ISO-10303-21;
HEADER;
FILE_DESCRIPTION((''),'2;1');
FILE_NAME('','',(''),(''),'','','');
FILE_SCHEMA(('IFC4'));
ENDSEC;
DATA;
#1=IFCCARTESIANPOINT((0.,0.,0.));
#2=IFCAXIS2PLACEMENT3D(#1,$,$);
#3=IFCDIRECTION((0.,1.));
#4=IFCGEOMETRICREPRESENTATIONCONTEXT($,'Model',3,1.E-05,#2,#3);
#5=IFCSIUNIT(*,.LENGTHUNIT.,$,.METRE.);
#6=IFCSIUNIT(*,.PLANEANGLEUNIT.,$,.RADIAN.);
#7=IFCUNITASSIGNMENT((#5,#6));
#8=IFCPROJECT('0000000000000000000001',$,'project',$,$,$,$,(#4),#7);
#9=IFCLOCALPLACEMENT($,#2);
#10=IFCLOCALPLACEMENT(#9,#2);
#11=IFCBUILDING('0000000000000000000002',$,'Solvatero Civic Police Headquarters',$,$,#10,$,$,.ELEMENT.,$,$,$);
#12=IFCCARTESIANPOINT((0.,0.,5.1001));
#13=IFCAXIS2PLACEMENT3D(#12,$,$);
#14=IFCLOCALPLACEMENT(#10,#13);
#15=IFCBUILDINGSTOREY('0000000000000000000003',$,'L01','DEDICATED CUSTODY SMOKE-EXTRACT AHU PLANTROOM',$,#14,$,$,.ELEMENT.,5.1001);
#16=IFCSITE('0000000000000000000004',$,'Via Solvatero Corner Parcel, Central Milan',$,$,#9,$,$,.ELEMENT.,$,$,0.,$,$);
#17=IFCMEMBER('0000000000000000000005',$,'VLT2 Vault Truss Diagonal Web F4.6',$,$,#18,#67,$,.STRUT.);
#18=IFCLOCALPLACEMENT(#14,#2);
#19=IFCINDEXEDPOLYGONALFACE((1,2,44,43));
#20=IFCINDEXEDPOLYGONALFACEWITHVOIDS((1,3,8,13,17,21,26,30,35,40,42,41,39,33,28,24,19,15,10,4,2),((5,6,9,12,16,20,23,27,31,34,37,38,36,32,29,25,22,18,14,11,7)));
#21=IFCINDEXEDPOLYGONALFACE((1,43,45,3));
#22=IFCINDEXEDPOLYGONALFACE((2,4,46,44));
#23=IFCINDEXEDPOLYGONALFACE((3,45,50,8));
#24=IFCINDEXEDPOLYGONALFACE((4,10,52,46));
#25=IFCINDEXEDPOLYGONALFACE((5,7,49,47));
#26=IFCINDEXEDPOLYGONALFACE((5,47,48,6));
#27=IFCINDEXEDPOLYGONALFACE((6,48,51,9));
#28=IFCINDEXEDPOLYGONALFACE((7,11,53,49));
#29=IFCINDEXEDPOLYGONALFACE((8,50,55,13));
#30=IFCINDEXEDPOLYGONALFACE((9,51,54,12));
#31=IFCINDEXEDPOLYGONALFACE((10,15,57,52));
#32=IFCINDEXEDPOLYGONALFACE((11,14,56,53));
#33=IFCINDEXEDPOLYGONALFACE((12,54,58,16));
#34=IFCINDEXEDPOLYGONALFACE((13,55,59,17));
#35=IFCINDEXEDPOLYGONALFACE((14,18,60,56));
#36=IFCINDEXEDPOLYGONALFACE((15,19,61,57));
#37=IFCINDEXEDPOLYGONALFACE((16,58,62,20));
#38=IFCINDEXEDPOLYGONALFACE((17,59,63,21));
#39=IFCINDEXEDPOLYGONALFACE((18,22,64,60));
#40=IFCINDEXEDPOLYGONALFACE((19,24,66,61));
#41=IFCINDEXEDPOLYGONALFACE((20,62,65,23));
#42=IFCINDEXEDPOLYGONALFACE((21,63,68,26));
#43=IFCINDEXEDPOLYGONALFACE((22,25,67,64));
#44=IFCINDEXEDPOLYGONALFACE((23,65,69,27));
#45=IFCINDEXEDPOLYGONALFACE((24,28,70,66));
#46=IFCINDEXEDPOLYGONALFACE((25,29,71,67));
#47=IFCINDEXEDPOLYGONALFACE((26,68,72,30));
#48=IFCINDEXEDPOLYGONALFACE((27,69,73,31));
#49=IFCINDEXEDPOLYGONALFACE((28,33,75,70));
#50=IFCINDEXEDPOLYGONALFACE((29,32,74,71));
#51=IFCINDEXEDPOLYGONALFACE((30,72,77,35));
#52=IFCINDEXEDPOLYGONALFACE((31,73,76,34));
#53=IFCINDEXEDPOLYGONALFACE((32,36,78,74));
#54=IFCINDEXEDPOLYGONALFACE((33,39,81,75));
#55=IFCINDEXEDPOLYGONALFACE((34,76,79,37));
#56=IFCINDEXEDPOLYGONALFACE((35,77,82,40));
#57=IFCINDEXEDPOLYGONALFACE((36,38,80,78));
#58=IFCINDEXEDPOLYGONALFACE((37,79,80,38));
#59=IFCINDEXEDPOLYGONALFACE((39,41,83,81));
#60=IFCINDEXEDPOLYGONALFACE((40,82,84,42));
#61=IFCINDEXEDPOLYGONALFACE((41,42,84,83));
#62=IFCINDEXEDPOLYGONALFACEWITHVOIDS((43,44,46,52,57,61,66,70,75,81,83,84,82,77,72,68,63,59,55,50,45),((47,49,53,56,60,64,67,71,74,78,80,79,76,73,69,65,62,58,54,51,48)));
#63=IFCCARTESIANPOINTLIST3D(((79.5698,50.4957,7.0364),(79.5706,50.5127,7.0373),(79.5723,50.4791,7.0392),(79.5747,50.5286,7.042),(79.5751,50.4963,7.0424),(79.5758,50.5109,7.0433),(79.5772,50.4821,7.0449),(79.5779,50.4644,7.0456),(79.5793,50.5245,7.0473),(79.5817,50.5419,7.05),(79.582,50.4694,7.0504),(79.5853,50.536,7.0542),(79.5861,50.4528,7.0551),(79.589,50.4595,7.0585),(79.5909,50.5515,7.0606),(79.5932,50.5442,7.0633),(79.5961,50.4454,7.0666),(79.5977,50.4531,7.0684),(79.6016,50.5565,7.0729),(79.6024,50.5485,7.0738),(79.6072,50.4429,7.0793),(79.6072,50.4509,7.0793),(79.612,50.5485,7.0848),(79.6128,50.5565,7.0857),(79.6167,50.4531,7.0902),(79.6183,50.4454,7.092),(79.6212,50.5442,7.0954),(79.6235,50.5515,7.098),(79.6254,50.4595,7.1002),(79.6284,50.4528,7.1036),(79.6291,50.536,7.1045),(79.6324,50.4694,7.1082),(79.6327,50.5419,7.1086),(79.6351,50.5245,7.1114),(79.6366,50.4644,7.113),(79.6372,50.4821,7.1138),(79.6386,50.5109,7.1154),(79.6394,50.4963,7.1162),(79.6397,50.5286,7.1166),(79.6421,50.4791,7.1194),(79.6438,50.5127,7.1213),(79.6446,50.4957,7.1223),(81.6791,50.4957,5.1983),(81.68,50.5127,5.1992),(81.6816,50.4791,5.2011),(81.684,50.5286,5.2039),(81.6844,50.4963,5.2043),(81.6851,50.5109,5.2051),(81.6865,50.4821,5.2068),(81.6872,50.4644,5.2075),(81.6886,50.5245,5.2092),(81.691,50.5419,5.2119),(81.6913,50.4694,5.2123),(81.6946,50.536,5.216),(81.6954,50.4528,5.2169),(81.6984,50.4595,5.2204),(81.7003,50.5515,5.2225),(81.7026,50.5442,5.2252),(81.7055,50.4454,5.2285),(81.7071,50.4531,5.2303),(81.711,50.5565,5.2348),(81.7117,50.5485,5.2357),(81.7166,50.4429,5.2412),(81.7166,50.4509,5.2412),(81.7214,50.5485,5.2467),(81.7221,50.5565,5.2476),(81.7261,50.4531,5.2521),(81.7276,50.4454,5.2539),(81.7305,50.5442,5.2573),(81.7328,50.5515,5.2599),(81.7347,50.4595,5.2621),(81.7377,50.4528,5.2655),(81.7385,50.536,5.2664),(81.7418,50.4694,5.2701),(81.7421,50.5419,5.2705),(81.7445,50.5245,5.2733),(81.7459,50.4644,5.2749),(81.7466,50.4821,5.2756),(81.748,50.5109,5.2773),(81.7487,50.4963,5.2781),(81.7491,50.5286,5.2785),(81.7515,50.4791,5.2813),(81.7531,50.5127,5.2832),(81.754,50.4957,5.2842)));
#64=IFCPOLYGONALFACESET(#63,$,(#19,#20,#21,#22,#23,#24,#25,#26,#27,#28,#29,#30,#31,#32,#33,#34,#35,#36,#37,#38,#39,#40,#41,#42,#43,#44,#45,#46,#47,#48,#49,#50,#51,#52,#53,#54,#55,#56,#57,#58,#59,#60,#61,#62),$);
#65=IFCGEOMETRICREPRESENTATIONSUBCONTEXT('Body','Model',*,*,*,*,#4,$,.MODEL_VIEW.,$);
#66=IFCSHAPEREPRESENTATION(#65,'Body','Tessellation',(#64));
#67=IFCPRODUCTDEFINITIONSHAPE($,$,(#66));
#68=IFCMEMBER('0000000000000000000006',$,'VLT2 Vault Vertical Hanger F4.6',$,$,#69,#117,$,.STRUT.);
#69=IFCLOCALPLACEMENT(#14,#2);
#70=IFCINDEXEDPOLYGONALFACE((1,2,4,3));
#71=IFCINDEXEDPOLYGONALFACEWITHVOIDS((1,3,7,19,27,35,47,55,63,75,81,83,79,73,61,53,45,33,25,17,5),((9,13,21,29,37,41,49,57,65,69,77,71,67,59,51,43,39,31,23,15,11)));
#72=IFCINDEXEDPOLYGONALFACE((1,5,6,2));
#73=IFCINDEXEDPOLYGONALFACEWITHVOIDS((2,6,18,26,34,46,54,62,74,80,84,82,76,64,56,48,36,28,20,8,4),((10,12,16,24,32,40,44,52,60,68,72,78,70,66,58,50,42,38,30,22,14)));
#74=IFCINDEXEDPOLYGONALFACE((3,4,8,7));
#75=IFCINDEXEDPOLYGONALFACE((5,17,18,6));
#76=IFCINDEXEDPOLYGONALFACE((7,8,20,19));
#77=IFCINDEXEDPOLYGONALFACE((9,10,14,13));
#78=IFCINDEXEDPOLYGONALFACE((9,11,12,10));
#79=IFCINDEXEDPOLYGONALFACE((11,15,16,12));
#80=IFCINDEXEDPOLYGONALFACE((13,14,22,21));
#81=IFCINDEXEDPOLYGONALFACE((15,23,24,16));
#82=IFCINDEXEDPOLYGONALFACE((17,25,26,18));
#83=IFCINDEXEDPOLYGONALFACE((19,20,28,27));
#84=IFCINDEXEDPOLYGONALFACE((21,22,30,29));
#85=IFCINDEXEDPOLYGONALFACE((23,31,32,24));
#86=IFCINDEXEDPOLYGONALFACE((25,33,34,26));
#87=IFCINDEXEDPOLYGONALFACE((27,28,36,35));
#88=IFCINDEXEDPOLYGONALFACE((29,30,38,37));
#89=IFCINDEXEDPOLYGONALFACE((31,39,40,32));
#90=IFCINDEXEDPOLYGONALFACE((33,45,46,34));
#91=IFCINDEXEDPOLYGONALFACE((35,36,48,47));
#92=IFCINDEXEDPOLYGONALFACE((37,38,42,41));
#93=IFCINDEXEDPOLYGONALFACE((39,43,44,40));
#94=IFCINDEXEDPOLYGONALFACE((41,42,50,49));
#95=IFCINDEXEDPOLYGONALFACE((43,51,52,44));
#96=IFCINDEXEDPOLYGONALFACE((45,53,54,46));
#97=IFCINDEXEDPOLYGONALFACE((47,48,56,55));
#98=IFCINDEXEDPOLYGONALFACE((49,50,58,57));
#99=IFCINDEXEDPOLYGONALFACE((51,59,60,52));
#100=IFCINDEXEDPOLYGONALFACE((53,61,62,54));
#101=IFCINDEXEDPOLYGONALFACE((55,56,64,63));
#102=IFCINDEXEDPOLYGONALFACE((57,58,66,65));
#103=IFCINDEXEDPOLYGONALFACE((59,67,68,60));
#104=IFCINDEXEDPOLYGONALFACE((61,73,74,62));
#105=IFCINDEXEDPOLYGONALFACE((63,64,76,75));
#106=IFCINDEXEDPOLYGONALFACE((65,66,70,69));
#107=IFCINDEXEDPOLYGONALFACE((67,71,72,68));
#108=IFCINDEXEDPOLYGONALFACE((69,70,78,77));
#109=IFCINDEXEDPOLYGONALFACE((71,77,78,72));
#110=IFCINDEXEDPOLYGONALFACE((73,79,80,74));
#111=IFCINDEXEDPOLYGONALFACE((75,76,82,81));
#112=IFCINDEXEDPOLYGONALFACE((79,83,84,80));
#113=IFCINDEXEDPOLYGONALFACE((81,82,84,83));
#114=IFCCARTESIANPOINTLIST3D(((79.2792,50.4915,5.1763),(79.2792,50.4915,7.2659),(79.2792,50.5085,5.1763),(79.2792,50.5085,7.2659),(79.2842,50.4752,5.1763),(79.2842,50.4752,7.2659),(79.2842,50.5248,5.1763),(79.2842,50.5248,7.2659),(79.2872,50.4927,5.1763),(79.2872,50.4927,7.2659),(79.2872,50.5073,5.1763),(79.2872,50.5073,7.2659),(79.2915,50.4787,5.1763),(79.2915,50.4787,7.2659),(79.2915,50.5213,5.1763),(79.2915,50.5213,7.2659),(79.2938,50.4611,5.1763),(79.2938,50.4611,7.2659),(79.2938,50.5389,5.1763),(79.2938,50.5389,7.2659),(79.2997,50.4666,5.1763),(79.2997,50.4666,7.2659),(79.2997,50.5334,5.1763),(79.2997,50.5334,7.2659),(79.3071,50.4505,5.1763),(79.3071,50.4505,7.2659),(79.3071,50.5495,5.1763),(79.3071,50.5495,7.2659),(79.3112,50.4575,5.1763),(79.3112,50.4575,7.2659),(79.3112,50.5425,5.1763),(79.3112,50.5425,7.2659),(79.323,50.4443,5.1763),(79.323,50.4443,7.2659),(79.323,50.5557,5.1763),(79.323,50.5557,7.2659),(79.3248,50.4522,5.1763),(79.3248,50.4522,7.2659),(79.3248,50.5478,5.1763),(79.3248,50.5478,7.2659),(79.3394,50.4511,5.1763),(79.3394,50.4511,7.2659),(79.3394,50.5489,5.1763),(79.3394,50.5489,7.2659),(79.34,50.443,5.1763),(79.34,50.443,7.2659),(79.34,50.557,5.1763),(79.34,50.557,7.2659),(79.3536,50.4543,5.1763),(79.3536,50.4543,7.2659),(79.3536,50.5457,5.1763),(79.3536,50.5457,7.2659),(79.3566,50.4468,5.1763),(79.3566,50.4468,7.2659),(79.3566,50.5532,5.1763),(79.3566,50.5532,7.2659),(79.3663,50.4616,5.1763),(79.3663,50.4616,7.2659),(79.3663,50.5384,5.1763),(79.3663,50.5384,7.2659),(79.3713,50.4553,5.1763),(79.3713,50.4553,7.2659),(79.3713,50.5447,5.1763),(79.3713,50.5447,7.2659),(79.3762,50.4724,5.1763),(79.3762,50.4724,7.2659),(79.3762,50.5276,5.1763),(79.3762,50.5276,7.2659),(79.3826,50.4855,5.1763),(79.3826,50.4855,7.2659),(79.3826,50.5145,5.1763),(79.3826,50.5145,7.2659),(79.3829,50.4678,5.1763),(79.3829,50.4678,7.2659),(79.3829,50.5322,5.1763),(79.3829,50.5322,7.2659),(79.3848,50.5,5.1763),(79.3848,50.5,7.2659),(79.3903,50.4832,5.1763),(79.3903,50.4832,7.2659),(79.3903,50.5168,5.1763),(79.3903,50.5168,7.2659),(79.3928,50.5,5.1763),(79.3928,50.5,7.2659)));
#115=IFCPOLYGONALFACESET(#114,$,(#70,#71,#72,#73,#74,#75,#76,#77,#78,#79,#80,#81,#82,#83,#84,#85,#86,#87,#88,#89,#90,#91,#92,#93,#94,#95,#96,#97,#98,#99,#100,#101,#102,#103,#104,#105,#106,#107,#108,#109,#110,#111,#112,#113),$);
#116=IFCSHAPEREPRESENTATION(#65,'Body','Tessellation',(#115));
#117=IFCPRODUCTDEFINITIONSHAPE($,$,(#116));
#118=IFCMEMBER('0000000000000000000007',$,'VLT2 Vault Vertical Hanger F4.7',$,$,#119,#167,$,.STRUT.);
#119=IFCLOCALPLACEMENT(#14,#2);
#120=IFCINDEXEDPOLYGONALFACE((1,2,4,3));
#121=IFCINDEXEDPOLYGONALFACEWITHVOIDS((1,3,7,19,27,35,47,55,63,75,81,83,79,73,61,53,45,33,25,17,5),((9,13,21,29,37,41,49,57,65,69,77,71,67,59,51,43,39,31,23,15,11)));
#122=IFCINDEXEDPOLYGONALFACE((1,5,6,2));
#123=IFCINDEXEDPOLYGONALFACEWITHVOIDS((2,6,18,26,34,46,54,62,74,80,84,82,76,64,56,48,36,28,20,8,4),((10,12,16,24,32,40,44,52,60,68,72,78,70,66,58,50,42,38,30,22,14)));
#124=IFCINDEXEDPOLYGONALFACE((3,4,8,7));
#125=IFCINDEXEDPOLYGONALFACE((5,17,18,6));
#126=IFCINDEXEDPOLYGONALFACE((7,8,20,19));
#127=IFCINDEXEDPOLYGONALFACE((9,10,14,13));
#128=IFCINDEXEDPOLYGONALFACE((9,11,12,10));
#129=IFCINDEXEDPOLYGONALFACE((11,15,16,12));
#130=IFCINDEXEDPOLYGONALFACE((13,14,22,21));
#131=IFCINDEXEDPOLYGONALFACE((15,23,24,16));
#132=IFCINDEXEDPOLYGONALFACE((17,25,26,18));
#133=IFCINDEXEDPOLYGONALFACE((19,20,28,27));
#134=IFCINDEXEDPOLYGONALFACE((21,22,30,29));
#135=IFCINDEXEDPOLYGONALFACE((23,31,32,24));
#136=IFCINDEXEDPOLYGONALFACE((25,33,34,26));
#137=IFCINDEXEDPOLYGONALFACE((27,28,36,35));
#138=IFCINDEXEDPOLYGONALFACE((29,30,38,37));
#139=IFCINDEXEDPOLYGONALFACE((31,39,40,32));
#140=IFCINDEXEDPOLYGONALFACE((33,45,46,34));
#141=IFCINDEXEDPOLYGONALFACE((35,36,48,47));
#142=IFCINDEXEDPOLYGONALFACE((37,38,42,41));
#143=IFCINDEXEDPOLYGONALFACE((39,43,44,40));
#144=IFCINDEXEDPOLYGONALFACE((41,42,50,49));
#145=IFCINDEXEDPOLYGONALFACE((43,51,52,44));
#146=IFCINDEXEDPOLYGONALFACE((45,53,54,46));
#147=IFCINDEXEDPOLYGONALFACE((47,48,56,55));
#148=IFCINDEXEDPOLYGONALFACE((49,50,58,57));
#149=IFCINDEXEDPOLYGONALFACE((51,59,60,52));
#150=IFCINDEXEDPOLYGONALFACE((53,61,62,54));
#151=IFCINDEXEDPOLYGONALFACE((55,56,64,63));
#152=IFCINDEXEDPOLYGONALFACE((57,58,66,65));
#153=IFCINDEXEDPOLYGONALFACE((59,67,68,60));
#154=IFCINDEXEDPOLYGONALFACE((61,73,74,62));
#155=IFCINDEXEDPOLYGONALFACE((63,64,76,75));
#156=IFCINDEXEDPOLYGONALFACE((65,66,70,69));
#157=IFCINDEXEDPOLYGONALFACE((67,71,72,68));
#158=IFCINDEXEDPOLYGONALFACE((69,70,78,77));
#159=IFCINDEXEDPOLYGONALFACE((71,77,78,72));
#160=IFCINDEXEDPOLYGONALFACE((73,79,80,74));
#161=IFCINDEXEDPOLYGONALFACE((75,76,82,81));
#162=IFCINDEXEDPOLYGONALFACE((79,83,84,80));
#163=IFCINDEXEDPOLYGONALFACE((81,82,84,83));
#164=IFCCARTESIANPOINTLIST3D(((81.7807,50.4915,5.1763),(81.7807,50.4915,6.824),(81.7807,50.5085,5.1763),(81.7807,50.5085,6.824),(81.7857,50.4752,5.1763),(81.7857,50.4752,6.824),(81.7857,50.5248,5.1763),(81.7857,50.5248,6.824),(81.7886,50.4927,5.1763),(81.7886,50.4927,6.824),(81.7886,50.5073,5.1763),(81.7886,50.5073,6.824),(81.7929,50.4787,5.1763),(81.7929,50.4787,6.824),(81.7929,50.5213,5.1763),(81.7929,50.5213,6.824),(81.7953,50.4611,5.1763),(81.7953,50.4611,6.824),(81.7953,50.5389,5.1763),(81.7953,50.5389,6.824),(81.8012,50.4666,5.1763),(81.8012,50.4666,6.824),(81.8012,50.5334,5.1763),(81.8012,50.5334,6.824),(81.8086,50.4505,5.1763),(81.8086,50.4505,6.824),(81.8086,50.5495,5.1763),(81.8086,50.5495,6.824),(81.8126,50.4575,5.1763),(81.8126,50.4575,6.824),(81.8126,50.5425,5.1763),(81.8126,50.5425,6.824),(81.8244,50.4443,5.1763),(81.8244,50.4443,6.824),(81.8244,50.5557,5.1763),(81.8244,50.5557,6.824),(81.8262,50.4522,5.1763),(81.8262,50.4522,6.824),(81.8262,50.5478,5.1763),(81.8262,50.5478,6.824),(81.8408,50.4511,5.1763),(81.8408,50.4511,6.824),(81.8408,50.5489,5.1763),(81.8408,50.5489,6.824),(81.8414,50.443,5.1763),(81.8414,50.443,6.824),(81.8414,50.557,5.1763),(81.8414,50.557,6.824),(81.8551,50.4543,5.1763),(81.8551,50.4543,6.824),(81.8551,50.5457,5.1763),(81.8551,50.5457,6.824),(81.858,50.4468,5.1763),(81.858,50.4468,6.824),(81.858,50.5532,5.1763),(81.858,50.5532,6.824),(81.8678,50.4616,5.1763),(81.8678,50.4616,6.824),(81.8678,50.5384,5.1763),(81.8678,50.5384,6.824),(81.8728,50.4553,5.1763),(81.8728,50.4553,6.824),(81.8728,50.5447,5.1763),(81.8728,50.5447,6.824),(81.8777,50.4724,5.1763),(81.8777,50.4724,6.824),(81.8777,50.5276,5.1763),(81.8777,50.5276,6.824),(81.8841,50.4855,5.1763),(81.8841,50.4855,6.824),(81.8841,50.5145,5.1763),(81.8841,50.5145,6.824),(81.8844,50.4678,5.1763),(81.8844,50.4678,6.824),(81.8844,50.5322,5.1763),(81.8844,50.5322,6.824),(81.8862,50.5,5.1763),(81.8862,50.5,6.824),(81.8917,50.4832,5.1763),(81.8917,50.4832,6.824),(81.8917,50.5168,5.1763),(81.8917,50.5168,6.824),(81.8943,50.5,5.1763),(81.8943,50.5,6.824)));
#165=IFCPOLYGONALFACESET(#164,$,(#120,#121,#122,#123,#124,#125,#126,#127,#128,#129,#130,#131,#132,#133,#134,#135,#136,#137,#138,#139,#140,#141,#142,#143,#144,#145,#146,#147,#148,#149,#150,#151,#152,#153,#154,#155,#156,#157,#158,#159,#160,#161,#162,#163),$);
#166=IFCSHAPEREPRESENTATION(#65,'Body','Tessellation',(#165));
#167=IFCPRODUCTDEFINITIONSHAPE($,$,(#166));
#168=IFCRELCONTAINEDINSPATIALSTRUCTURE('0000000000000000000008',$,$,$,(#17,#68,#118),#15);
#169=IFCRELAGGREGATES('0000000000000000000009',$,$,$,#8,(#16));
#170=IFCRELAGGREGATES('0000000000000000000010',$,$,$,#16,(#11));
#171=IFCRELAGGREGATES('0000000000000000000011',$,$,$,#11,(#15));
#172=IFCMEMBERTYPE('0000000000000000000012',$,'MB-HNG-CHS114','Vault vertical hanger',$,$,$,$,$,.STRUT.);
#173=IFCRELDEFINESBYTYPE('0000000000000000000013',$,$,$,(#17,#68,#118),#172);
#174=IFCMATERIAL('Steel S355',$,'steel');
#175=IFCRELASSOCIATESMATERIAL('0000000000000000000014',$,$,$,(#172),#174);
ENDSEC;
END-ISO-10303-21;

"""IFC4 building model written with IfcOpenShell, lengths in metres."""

from ifc_helpers import new_model, si_unit, direction, frame, origin, origin_2d, place, context, subcontext, project, spatial, hollow_circle, extrude, material, material_profile, profile_set, type_object, element, save


model = new_model("IFC4")

# Units and contexts
model_context = context("Model", 3, precision=1e-05, world=origin(), true_north=direction((0.0, 1.0)))
body_context = subcontext(model_context, "Body", "Model", "MODEL_VIEW")
ifc_project = project(units=[si_unit("LENGTHUNIT", "METRE"), si_unit("PLANEANGLEUNIT", "RADIAN")], contexts=[model_context])

# Site, building, storey
site_placement = place(None, origin())
site = spatial("IfcSite", under=ifc_project, at=site_placement, Name="Via Solvatero Corner Parcel, Central Milan", CompositionType="ELEMENT", RefElevation=0.0)
building_placement = place(site_placement, origin())
building = spatial("IfcBuilding", under=site, at=building_placement, Name="Solvatero Civic Police Headquarters", CompositionType="ELEMENT")
storey_placement = place(building_placement, frame((0.0, 0.0, 5.1001)))
storey = spatial("IfcBuildingStorey", under=building, at=storey_placement, Name="L01", Description="DEDICATED CUSTODY SMOKE-EXTRACT AHU PLANTROOM", CompositionType="ELEMENT", Elevation=5.1001)

# Shared definitions
ifc_material = material(Name="Steel S355", Category="steel")

# Members
ifc_material_profile_1 = material_profile(ifc_material, hollow_circle(Radius=0.0571, WallThickness=0.0081, at=origin_2d()), Name="CHS 114.3x8.0")
ifc_profile_set_1 = profile_set([ifc_material_profile_1], Name="Steel S355")
member_type_1 = type_object("IfcMemberType", Name="MB-HNG-CHS114", Description="Vault vertical hanger", PredefinedType="STRUT", material=ifc_profile_set_1)
member_1_placement = place(storey_placement, frame((81.7166, 50.5, 5.2412), z_axis=(-0.753916, 0.0, 0.656971), x_axis=(0.0, -1.0, 0.0)))
element("IfcMember", 1, at=member_1_placement, inside=storey, type_object=member_type_1, Name="VLT2 Vault Truss Diagonal Web F4.6", PredefinedType="STRUT", context=body_context, shape_type="SweptSolid", body=[
    extrude(hollow_circle(Radius=0.0571, WallThickness=0.0081, at=origin_2d()), origin(), (0.0, 0.0, 1.0), 2.7979),
])
member_2_placement = place(storey_placement, frame((79.3357, 50.5, 5.1763), z_axis=(0.0, 0.0, 1.0), x_axis=(1.0, 0.0, 0.0)))
element("IfcMember", 2, at=member_2_placement, inside=storey, type_object=member_type_1, Name="VLT2 Vault Vertical Hanger F4.6", PredefinedType="STRUT", context=body_context, shape_type="SweptSolid", body=[
    extrude(hollow_circle(Radius=0.0571, WallThickness=0.0081, at=origin_2d()), origin(), (0.0, 0.0, 1.0), 2.0896),
])
member_3_placement = place(storey_placement, frame((81.8372, 50.5, 5.1763), z_axis=(0.0, 0.0, 1.0), x_axis=(1.0, 0.0, 0.0)))
element("IfcMember", 3, at=member_3_placement, inside=storey, type_object=member_type_1, Name="VLT2 Vault Vertical Hanger F4.7", PredefinedType="STRUT", context=body_context, shape_type="SweptSolid", body=[
    extrude(hollow_circle(Radius=0.0571, WallThickness=0.0081, at=origin_2d()), origin(), (0.0, 0.0, 1.0), 1.6477),
])

save(model, "model.ifc")
